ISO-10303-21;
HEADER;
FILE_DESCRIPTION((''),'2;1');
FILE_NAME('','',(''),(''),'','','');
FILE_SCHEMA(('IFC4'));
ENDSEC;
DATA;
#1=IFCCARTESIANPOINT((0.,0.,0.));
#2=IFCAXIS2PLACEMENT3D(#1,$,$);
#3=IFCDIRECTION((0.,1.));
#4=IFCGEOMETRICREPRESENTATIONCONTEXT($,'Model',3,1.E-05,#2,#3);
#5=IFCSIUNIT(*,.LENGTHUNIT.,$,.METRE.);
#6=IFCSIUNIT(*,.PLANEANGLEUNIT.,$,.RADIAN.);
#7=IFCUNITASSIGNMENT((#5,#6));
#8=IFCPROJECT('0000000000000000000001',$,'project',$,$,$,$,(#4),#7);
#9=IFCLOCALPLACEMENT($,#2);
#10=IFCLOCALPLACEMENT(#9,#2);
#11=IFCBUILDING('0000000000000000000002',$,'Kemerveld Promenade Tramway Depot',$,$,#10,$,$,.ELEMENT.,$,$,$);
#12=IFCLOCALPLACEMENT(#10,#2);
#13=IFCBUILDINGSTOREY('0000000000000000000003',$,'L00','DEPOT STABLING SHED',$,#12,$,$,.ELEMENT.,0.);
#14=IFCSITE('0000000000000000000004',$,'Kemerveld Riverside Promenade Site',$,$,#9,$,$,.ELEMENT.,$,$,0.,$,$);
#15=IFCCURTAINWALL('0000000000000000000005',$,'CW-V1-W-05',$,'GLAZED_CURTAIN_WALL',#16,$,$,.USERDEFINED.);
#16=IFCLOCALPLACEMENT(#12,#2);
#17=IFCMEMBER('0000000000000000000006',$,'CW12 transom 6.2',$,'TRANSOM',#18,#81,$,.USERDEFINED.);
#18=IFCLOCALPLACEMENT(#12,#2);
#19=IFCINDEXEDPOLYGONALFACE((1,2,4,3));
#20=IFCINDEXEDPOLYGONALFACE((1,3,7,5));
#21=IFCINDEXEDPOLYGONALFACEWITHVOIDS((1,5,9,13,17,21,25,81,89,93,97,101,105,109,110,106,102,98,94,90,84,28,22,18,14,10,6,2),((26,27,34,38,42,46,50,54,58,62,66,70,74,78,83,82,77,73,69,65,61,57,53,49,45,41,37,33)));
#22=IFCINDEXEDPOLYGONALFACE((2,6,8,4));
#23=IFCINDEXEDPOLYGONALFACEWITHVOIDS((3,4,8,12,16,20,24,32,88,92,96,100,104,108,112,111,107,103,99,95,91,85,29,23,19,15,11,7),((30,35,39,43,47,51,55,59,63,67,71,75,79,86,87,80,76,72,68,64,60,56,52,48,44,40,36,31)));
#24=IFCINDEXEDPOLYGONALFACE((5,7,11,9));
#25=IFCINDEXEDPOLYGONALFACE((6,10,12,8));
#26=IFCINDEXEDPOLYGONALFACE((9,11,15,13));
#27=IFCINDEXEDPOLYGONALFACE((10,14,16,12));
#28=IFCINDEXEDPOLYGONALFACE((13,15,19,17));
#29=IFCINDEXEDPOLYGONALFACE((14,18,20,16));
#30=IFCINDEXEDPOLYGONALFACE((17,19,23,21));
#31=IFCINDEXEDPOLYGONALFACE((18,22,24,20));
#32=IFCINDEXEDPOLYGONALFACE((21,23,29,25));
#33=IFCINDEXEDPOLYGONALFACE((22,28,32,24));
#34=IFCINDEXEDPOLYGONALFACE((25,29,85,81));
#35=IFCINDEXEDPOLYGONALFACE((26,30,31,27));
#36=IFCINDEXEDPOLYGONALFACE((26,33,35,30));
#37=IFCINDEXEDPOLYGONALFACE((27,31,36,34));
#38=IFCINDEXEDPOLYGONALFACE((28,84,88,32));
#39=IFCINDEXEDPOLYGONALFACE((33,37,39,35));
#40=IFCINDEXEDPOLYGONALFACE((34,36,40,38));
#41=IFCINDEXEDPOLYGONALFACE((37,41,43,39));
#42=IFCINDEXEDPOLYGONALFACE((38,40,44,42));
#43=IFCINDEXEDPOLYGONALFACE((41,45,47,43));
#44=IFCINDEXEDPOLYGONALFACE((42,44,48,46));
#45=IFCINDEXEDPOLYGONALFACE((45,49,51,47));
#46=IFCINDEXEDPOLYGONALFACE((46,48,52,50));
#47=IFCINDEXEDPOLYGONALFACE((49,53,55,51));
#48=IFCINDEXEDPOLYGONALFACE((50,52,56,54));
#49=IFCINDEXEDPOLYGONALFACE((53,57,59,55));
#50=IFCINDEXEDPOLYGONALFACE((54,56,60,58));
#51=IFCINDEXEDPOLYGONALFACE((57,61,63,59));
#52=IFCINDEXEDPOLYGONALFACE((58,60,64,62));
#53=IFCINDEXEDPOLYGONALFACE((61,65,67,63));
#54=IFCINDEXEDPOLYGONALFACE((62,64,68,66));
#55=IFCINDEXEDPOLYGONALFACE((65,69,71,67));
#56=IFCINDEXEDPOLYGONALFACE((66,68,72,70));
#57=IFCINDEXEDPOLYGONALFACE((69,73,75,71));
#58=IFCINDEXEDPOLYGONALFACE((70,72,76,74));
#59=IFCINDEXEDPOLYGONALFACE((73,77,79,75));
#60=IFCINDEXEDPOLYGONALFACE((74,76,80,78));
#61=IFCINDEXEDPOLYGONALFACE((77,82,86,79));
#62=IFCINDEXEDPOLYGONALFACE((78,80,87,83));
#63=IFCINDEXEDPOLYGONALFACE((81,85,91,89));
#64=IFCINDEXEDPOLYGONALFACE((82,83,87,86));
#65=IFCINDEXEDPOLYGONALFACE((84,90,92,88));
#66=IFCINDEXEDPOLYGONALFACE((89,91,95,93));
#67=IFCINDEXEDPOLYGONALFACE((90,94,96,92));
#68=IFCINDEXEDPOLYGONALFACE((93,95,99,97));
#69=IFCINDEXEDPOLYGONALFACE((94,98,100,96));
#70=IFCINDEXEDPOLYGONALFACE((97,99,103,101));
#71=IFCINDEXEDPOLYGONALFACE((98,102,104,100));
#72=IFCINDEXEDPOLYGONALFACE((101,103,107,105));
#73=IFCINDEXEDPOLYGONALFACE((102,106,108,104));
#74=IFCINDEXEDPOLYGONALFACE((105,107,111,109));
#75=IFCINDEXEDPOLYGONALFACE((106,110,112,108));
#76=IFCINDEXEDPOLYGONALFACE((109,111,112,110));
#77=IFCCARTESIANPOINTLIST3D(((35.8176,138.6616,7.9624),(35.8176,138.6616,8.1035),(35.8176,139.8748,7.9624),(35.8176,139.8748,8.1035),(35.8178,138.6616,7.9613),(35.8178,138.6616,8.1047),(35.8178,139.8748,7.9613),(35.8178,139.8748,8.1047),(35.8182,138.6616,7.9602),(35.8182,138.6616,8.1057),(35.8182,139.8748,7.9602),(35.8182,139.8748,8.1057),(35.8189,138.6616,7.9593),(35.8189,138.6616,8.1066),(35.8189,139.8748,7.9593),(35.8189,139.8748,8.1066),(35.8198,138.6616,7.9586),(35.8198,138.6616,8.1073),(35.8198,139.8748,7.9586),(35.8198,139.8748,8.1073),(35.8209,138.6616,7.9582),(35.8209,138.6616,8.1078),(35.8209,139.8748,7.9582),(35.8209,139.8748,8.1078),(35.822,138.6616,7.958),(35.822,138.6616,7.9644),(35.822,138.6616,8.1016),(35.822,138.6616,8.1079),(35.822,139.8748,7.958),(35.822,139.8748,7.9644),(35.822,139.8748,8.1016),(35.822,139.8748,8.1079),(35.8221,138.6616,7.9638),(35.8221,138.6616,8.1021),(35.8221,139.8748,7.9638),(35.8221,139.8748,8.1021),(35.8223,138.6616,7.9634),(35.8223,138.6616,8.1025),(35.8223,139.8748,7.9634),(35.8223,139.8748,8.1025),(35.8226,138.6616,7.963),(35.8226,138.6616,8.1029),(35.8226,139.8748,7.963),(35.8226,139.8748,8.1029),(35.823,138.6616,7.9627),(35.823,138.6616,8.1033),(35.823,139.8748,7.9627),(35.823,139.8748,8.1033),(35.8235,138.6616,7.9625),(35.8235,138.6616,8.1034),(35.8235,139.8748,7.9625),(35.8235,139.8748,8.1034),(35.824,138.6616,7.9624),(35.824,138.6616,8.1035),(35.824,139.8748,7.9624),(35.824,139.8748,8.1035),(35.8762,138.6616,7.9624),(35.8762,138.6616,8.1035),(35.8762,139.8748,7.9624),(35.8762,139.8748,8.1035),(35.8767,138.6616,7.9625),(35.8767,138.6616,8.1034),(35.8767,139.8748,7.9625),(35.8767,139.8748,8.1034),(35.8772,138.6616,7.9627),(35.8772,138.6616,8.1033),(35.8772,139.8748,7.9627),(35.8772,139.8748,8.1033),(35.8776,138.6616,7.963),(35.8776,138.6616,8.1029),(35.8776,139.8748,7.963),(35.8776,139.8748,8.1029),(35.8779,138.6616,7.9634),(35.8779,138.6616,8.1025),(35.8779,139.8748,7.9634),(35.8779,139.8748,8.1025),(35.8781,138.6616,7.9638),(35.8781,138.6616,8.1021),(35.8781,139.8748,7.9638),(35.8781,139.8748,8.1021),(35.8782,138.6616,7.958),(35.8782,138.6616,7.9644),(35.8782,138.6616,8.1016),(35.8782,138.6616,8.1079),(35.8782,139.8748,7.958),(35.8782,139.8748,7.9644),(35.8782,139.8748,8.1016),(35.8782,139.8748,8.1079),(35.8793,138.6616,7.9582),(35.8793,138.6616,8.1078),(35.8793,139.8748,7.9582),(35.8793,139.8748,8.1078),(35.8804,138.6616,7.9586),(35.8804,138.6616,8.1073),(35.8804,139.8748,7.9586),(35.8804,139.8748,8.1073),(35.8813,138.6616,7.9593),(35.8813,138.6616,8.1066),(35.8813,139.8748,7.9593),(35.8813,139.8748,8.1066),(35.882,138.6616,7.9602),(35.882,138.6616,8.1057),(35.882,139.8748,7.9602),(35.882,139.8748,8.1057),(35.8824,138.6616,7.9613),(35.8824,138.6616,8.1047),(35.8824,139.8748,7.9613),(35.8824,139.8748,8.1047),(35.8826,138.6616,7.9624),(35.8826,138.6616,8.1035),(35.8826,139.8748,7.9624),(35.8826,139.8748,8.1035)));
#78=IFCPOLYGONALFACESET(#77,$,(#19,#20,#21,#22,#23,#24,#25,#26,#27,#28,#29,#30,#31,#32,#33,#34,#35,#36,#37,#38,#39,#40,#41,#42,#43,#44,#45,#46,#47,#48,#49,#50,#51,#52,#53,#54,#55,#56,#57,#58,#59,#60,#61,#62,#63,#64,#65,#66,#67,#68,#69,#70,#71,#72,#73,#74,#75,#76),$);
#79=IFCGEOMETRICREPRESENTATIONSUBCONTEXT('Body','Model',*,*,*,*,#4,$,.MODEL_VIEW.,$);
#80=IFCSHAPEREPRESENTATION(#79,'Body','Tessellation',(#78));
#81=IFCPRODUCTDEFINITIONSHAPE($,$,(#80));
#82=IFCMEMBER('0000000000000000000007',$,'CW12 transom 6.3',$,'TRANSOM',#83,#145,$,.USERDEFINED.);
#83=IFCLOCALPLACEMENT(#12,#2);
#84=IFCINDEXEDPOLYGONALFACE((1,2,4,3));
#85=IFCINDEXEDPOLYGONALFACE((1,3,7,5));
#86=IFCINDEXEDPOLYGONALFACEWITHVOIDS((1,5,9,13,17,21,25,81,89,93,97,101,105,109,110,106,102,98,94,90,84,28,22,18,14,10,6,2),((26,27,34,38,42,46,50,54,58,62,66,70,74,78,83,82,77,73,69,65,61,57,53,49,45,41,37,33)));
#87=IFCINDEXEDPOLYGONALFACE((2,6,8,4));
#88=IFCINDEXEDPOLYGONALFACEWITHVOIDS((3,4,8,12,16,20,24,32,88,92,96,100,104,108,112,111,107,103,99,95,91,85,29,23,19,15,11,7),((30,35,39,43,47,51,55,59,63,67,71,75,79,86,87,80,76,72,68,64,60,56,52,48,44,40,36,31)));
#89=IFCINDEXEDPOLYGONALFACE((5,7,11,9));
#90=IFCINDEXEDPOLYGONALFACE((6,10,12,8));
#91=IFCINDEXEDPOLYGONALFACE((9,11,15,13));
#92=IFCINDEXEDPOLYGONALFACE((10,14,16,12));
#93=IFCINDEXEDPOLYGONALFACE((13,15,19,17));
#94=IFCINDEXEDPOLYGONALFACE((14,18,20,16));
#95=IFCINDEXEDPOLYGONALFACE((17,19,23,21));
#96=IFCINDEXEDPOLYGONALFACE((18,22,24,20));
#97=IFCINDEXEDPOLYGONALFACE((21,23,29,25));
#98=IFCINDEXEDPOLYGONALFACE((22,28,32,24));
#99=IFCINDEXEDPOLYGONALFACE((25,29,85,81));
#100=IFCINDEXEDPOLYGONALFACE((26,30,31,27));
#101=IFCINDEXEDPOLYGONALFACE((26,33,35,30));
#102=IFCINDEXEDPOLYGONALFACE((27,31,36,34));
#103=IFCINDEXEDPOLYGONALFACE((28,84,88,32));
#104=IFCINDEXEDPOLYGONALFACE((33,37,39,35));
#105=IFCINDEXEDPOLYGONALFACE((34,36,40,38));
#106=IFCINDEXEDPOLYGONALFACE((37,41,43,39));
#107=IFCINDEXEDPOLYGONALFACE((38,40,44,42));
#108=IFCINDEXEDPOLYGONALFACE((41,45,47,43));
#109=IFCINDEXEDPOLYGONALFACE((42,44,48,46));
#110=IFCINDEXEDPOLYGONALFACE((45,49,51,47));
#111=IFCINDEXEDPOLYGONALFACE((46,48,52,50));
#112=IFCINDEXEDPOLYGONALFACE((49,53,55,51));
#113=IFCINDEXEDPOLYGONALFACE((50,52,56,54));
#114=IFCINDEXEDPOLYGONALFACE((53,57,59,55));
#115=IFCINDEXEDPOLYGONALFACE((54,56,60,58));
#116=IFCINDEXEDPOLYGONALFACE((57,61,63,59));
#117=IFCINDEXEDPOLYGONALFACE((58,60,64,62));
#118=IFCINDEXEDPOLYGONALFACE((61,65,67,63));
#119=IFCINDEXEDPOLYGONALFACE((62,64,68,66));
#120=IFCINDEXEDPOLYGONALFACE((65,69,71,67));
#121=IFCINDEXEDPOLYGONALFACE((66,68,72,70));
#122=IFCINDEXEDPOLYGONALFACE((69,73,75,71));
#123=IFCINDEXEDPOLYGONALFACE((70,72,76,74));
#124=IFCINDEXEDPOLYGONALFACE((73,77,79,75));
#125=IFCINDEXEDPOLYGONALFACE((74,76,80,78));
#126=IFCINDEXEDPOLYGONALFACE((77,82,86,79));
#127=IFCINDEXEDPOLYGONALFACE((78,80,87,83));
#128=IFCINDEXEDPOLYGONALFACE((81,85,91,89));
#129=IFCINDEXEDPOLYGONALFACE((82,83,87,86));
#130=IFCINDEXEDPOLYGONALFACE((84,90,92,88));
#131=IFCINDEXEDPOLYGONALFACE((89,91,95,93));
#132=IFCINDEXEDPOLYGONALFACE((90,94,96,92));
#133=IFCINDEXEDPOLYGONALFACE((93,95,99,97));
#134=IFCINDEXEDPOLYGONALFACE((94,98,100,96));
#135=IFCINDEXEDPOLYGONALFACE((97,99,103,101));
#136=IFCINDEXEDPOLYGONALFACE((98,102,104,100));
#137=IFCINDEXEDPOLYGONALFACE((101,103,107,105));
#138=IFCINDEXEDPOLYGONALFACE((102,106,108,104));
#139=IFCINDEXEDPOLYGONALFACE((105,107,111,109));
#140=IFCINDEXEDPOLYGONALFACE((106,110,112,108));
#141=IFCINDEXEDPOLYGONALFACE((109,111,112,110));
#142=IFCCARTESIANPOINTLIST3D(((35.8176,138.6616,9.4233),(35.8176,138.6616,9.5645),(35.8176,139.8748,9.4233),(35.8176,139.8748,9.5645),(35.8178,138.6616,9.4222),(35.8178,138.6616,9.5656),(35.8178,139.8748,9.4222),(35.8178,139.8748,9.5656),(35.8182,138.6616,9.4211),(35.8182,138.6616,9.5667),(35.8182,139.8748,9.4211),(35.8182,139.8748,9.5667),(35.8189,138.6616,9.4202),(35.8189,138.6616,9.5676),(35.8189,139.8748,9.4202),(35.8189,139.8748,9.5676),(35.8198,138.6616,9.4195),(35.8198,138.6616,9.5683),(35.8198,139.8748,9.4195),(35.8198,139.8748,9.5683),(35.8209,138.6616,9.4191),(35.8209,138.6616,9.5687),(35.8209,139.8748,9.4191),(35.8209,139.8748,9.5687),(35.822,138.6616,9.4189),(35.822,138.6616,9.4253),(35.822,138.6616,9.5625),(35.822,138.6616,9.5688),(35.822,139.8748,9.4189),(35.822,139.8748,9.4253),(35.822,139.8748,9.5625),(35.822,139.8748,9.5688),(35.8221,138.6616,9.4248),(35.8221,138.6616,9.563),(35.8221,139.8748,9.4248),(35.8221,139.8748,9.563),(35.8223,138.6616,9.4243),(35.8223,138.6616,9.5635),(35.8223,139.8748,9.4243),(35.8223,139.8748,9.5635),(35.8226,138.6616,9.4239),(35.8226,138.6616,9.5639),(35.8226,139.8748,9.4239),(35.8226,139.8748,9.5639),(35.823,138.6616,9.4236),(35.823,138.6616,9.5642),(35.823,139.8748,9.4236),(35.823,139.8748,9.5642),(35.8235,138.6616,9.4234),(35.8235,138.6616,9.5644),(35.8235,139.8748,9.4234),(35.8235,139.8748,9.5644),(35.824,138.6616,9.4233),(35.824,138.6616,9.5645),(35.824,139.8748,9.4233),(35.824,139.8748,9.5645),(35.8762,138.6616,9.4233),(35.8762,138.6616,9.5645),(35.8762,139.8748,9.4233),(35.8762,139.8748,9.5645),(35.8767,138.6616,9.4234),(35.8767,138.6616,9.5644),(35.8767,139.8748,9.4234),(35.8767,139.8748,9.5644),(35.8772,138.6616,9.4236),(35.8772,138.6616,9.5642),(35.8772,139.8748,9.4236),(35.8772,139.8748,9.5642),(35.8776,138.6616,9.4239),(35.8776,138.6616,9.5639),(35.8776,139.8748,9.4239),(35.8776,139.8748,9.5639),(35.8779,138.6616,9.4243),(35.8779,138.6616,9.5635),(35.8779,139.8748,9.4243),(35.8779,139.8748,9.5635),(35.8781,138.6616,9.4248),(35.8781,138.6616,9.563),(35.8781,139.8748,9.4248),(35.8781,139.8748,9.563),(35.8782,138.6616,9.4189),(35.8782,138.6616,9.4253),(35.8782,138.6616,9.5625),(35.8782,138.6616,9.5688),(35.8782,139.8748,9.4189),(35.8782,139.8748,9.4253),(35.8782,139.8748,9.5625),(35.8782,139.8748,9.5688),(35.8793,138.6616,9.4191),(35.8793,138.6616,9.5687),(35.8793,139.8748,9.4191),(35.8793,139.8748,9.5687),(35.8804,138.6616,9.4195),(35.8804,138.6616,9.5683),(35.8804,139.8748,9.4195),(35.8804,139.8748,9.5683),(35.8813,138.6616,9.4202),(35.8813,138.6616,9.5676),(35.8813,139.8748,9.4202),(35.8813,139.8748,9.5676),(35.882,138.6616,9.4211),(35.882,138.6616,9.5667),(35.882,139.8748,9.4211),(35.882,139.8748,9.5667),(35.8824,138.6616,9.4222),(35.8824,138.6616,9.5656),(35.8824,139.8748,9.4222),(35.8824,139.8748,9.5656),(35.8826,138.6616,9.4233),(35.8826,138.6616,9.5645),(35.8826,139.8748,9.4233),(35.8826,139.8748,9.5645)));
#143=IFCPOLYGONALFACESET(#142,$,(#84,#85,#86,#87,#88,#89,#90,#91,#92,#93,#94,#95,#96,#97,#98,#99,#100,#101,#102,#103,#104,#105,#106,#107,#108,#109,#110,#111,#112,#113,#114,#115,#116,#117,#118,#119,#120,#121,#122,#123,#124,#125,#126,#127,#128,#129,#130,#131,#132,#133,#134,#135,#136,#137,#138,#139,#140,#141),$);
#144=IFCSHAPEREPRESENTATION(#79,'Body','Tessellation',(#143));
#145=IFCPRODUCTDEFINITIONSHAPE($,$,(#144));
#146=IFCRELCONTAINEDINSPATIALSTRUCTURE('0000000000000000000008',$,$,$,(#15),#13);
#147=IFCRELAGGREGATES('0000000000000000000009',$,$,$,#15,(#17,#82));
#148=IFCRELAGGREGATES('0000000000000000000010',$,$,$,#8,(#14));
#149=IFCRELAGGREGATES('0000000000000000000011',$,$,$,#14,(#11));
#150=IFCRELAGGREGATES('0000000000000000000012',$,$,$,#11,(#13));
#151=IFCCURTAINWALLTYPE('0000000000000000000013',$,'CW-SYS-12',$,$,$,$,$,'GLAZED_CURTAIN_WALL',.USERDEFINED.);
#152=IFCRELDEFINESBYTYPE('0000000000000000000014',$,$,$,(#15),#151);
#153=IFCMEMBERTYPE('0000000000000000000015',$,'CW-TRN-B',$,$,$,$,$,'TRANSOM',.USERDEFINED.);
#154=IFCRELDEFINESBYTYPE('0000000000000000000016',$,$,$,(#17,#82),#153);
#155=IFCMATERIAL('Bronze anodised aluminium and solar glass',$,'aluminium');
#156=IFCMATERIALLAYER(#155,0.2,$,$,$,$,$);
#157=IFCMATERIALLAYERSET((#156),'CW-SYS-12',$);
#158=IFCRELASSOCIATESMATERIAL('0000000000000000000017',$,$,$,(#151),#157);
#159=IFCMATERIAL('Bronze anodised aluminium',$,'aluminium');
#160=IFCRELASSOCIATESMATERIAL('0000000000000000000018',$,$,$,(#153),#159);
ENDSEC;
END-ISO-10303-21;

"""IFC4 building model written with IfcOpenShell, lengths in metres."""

from ifc_helpers import new_model, si_unit, direction, frame, origin, origin_2d, place, context, subcontext, project, spatial, hollow_rectangle, extrude, material, layer, layer_set, material_profile, profile_set, type_object, element, aggregate, save


model = new_model("IFC4")

# Units and contexts
model_context = context("Model", 3, precision=1e-05, world=origin(), true_north=direction((0.0, 1.0)))
body_context = subcontext(model_context, "Body", "Model", "MODEL_VIEW")
ifc_project = project(units=[si_unit("LENGTHUNIT", "METRE"), si_unit("PLANEANGLEUNIT", "RADIAN")], contexts=[model_context])

# Site, building, storey
site_placement = place(None, origin())
site = spatial("IfcSite", under=ifc_project, at=site_placement, Name="Kemerveld Riverside Promenade Site", CompositionType="ELEMENT", RefElevation=0.0)
building_placement = place(site_placement, origin())
building = spatial("IfcBuilding", under=site, at=building_placement, Name="Kemerveld Promenade Tramway Depot", CompositionType="ELEMENT")
storey_placement = place(building_placement, origin())
storey = spatial("IfcBuildingStorey", under=building, at=storey_placement, Name="L00", Description="DEPOT STABLING SHED", CompositionType="ELEMENT", Elevation=0.0)

# Curtain wall, members
ifc_material_1 = material(Name="Bronze anodised aluminium and solar glass", Category="aluminium")
ifc_layer_1 = layer(ifc_material_1, 0.2)
ifc_layer_set_1 = layer_set([ifc_layer_1], Name="CW-SYS-12")
curtain_wall_type = type_object("IfcCurtainWallType", Name="CW-SYS-12", ElementType="GLAZED_CURTAIN_WALL", PredefinedType="USERDEFINED", material=ifc_layer_set_1)
curtain_wall_placement = place(storey_placement, origin())
curtain_wall = element("IfcCurtainWall", 1, at=curtain_wall_placement, inside=storey, type_object=curtain_wall_type, Name="CW-V1-W-05", ObjectType="GLAZED_CURTAIN_WALL", PredefinedType="USERDEFINED")
ifc_material_2 = material(Name="Bronze anodised aluminium", Category="aluminium")
ifc_material_profile_1 = material_profile(ifc_material_2, hollow_rectangle(XDim=0.0649, YDim=0.1499, WallThickness=0.0044, InnerFilletRadius=0.002, OuterFilletRadius=0.0044, at=origin_2d()), Name="CW-TRN-150x65")
ifc_profile_set_1 = profile_set([ifc_material_profile_1], Name="Bronze anodised aluminium")
member_type_1 = type_object("IfcMemberType", Name="CW-TRN-B", ElementType="TRANSOM", PredefinedType="USERDEFINED", material=ifc_profile_set_1)
member_1_placement = place(storey_placement, frame((35.8501, 138.6616, 8.033), z_axis=(0.0, 1.0, 0.0), x_axis=(-1.0, 0.0, 0.0)))
member_1 = element("IfcMember", 2, at=member_1_placement, type_object=member_type_1, Name="CW12 transom 6.2", ObjectType="TRANSOM", PredefinedType="USERDEFINED", context=body_context, shape_type="SweptSolid", body=[
    extrude(hollow_rectangle(XDim=0.0649, YDim=0.1499, WallThickness=0.0044, InnerFilletRadius=0.002, OuterFilletRadius=0.0044, at=origin_2d()), origin(), (0.0, 0.0, 1.0), 1.2131),
])
member_2_placement = place(storey_placement, frame((35.8501, 138.6616, 9.4939), z_axis=(0.0, 1.0, 0.0), x_axis=(-1.0, 0.0, 0.0)))
member_2 = element("IfcMember", 3, at=member_2_placement, type_object=member_type_1, Name="CW12 transom 6.3", ObjectType="TRANSOM", PredefinedType="USERDEFINED", context=body_context, shape_type="SweptSolid", body=[
    extrude(hollow_rectangle(XDim=0.0649, YDim=0.1499, WallThickness=0.0044, InnerFilletRadius=0.002, OuterFilletRadius=0.0044, at=origin_2d()), origin(), (0.0, 0.0, 1.0), 1.2131),
])
aggregate(curtain_wall, [member_1, member_2])

save(model, "model.ifc")
